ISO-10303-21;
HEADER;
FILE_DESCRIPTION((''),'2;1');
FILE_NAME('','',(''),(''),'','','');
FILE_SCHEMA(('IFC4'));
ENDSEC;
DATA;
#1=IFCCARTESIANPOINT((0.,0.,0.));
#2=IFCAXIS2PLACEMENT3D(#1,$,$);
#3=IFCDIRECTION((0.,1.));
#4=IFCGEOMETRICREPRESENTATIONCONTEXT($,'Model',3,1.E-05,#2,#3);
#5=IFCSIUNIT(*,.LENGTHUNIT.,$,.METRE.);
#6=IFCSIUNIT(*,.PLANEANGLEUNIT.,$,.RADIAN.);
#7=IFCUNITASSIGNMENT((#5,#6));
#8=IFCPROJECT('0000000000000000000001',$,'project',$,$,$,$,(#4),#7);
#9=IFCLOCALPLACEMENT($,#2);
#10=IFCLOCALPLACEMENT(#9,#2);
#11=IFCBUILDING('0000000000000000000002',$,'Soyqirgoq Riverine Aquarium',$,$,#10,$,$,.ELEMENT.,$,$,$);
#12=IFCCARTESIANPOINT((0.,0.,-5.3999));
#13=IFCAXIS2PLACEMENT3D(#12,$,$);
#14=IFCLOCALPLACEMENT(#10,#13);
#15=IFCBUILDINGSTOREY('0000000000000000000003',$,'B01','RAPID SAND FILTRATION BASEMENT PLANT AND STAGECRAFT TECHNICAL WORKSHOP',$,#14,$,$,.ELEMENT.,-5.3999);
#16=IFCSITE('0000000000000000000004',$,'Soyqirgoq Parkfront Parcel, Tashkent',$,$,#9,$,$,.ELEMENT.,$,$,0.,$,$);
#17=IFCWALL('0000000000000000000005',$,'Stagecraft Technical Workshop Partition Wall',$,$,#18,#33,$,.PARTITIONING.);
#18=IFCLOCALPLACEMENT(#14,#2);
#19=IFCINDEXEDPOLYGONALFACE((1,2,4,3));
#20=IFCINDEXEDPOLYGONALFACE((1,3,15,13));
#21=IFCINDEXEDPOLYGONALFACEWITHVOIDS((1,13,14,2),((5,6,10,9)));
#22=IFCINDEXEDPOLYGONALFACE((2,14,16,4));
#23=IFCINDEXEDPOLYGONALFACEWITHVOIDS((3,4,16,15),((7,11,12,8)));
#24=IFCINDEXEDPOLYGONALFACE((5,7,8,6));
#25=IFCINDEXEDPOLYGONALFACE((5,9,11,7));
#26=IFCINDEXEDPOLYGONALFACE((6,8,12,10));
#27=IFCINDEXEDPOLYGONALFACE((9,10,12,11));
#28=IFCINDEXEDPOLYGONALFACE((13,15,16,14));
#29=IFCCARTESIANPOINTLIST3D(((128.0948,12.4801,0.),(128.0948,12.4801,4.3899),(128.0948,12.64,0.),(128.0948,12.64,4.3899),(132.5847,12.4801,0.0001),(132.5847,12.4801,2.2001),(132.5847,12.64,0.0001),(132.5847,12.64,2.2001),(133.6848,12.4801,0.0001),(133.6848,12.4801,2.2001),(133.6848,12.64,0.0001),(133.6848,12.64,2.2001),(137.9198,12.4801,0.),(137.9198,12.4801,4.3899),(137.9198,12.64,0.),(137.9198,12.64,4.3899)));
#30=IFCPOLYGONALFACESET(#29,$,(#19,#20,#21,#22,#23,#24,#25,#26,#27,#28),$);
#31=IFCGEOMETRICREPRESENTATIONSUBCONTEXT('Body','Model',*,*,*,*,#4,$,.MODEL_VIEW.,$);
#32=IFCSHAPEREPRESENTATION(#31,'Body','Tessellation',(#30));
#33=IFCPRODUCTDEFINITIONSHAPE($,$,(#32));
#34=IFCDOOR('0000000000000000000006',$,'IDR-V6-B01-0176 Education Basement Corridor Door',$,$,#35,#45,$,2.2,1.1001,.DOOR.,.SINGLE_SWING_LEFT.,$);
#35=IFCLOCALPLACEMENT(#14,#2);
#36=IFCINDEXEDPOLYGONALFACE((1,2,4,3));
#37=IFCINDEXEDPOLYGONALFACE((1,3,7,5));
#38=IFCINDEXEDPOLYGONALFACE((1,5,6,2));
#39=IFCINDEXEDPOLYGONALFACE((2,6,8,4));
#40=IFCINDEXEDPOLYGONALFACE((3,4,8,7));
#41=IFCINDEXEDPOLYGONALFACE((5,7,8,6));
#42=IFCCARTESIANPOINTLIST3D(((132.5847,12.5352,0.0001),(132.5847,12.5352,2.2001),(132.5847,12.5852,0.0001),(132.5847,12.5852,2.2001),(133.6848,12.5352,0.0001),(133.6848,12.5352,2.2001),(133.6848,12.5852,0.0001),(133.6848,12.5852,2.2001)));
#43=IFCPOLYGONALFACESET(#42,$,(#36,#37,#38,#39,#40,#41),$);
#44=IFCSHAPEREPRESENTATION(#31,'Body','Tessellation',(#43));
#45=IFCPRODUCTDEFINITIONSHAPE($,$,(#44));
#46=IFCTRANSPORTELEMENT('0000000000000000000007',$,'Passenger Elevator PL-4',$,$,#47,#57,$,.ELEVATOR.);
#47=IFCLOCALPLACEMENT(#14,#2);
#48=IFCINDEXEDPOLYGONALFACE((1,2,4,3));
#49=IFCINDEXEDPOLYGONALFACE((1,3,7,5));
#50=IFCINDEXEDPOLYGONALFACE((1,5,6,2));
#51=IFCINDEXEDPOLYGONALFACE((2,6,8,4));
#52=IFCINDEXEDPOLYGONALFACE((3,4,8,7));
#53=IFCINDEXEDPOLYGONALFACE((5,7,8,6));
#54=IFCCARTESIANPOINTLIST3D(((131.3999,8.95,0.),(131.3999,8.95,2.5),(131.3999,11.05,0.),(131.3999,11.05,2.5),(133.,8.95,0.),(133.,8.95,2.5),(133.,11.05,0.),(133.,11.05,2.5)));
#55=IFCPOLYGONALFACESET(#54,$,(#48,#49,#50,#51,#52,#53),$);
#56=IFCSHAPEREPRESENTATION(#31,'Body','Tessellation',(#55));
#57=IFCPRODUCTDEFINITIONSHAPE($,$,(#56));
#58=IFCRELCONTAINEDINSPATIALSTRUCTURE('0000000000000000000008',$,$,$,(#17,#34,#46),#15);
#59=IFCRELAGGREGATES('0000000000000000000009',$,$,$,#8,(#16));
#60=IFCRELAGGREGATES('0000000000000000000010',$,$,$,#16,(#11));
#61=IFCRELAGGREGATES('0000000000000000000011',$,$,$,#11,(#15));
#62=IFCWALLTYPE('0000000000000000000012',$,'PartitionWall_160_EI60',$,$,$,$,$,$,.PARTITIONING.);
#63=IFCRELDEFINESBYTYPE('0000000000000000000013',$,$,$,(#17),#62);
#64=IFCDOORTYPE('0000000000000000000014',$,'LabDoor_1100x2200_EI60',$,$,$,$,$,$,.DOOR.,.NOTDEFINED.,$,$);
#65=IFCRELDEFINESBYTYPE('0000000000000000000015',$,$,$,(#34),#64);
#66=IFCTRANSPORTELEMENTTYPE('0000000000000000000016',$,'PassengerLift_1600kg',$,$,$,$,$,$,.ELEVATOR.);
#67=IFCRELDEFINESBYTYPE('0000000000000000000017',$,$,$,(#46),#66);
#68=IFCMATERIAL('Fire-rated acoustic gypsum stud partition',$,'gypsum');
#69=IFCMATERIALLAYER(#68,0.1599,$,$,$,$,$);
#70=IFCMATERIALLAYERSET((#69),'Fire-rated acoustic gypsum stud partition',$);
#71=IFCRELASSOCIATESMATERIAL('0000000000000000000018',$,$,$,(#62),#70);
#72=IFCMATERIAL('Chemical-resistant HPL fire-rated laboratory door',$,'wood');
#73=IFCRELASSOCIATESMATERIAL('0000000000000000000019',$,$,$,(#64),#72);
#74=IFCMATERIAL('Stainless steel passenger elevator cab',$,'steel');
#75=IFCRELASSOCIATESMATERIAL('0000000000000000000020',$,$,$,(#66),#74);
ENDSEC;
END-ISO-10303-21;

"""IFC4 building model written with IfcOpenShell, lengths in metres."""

from ifc_helpers import new_model, si_unit, direction, frame, frame_2d, origin, origin_2d, place, context, subcontext, project, spatial, rectangle, extrude, material, layer, layer_set, type_object, element, fill, save


model = new_model("IFC4")

# Units and contexts
model_context = context("Model", 3, precision=1e-05, world=origin(), true_north=direction((0.0, 1.0)))
body_context = subcontext(model_context, "Body", "Model", "MODEL_VIEW")
ifc_project = project(units=[si_unit("LENGTHUNIT", "METRE"), si_unit("PLANEANGLEUNIT", "RADIAN")], contexts=[model_context])

# Site, building, storey
site_placement = place(None, origin())
site = spatial("IfcSite", under=ifc_project, at=site_placement, Name="Soyqirgoq Parkfront Parcel, Tashkent", CompositionType="ELEMENT", RefElevation=0.0)
building_placement = place(site_placement, origin())
building = spatial("IfcBuilding", under=site, at=building_placement, Name="Soyqirgoq Riverine Aquarium", CompositionType="ELEMENT")
storey_placement = place(building_placement, frame((0.0, 0.0, -5.3999)))
storey = spatial("IfcBuildingStorey", under=building, at=storey_placement, Name="B01", Description="RAPID SAND FILTRATION BASEMENT PLANT AND STAGECRAFT TECHNICAL WORKSHOP", CompositionType="ELEMENT", Elevation=-5.3999)

# Wall, opening, door
ifc_material_1 = material(Name="Fire-rated acoustic gypsum stud partition", Category="gypsum")
ifc_layer_1 = layer(ifc_material_1, 0.1599)
ifc_layer_set_1 = layer_set([ifc_layer_1], Name="Fire-rated acoustic gypsum stud partition")
wall_type_1 = type_object("IfcWallType", Name="PartitionWall_160_EI60", PredefinedType="PARTITIONING", material=ifc_layer_set_1)
ifc_material_2 = material(Name="Chemical-resistant HPL fire-rated laboratory door", Category="wood")
door_type_1 = type_object("IfcDoorType", Name="LabDoor_1100x2200_EI60", OperationType="NOTDEFINED", PredefinedType="DOOR", material=ifc_material_2)
wall_1_placement = place(storey_placement, frame((137.9199, 12.5601, 0.0), z_axis=(0.0, 0.0, 1.0), x_axis=(-1.0, 0.0, 0.0)))
wall_1 = element("IfcWall", 1, at=wall_1_placement, inside=storey, type_object=wall_type_1, Name="Stagecraft Technical Workshop Partition Wall", PredefinedType="PARTITIONING", context=body_context, shape_type="SweptSolid", body=[
    extrude(rectangle(XDim=9.825, YDim=0.1599, at=frame_2d((4.9126, 0.0))), origin(), (0.0, 0.0, 1.0), 4.3899),
])
opening_1_placement = place(wall_1_placement, frame((4.2351, 0.0, 0.0)))
opening_1 = element("IfcOpeningElement", 2, at=opening_1_placement, cuts=wall_1, PredefinedType="OPENING", context=body_context, shape_type="SweptSolid", body=[
    extrude(rectangle(XDim=1.1001, YDim=2.2, at=frame_2d((0.55, 1.1001))), frame((0.0, 0.0898, 0.0), z_axis=(0.0, -1.0, 0.0), x_axis=(1.0, 0.0, 0.0)), (0.0, 0.0, 1.0), 0.1799),
])
door_1_placement = place(opening_1_placement, origin())
door_1 = element("IfcDoor", 3, at=door_1_placement, inside=storey, type_object=door_type_1, Name="IDR-V6-B01-0176 Education Basement Corridor Door", OperationType="SINGLE_SWING_LEFT", OverallHeight=2.2, OverallWidth=1.1001, PredefinedType="DOOR", context=body_context, shape_type="SweptSolid", body=[
    extrude(rectangle(XDim=1.1001, YDim=2.2, at=frame_2d((0.55, 1.1001))), frame((0.0, 0.0249, 0.0), z_axis=(0.0, -1.0, 0.0), x_axis=(1.0, 0.0, 0.0)), (0.0, 0.0, 1.0), 0.05),
])
fill(opening_1, door_1)

# Transport element
ifc_material_3 = material(Name="Stainless steel passenger elevator cab", Category="steel")
transport_element_type = type_object("IfcTransportElementType", Name="PassengerLift_1600kg", PredefinedType="ELEVATOR", material=ifc_material_3)
transport_element_placement = place(storey_placement, frame((132.2, 10.0, 0.0), z_axis=(0.0, 0.0, 1.0), x_axis=(1.0, 0.0, 0.0)))
element("IfcTransportElement", 4, at=transport_element_placement, inside=storey, type_object=transport_element_type, Name="Passenger Elevator PL-4", PredefinedType="ELEVATOR", context=body_context, shape_type="SweptSolid", body=[
    extrude(rectangle(XDim=1.6001, YDim=2.1001, at=origin_2d()), origin(), (0.0, 0.0, 1.0), 2.5),
])

save(model, "model.ifc")
